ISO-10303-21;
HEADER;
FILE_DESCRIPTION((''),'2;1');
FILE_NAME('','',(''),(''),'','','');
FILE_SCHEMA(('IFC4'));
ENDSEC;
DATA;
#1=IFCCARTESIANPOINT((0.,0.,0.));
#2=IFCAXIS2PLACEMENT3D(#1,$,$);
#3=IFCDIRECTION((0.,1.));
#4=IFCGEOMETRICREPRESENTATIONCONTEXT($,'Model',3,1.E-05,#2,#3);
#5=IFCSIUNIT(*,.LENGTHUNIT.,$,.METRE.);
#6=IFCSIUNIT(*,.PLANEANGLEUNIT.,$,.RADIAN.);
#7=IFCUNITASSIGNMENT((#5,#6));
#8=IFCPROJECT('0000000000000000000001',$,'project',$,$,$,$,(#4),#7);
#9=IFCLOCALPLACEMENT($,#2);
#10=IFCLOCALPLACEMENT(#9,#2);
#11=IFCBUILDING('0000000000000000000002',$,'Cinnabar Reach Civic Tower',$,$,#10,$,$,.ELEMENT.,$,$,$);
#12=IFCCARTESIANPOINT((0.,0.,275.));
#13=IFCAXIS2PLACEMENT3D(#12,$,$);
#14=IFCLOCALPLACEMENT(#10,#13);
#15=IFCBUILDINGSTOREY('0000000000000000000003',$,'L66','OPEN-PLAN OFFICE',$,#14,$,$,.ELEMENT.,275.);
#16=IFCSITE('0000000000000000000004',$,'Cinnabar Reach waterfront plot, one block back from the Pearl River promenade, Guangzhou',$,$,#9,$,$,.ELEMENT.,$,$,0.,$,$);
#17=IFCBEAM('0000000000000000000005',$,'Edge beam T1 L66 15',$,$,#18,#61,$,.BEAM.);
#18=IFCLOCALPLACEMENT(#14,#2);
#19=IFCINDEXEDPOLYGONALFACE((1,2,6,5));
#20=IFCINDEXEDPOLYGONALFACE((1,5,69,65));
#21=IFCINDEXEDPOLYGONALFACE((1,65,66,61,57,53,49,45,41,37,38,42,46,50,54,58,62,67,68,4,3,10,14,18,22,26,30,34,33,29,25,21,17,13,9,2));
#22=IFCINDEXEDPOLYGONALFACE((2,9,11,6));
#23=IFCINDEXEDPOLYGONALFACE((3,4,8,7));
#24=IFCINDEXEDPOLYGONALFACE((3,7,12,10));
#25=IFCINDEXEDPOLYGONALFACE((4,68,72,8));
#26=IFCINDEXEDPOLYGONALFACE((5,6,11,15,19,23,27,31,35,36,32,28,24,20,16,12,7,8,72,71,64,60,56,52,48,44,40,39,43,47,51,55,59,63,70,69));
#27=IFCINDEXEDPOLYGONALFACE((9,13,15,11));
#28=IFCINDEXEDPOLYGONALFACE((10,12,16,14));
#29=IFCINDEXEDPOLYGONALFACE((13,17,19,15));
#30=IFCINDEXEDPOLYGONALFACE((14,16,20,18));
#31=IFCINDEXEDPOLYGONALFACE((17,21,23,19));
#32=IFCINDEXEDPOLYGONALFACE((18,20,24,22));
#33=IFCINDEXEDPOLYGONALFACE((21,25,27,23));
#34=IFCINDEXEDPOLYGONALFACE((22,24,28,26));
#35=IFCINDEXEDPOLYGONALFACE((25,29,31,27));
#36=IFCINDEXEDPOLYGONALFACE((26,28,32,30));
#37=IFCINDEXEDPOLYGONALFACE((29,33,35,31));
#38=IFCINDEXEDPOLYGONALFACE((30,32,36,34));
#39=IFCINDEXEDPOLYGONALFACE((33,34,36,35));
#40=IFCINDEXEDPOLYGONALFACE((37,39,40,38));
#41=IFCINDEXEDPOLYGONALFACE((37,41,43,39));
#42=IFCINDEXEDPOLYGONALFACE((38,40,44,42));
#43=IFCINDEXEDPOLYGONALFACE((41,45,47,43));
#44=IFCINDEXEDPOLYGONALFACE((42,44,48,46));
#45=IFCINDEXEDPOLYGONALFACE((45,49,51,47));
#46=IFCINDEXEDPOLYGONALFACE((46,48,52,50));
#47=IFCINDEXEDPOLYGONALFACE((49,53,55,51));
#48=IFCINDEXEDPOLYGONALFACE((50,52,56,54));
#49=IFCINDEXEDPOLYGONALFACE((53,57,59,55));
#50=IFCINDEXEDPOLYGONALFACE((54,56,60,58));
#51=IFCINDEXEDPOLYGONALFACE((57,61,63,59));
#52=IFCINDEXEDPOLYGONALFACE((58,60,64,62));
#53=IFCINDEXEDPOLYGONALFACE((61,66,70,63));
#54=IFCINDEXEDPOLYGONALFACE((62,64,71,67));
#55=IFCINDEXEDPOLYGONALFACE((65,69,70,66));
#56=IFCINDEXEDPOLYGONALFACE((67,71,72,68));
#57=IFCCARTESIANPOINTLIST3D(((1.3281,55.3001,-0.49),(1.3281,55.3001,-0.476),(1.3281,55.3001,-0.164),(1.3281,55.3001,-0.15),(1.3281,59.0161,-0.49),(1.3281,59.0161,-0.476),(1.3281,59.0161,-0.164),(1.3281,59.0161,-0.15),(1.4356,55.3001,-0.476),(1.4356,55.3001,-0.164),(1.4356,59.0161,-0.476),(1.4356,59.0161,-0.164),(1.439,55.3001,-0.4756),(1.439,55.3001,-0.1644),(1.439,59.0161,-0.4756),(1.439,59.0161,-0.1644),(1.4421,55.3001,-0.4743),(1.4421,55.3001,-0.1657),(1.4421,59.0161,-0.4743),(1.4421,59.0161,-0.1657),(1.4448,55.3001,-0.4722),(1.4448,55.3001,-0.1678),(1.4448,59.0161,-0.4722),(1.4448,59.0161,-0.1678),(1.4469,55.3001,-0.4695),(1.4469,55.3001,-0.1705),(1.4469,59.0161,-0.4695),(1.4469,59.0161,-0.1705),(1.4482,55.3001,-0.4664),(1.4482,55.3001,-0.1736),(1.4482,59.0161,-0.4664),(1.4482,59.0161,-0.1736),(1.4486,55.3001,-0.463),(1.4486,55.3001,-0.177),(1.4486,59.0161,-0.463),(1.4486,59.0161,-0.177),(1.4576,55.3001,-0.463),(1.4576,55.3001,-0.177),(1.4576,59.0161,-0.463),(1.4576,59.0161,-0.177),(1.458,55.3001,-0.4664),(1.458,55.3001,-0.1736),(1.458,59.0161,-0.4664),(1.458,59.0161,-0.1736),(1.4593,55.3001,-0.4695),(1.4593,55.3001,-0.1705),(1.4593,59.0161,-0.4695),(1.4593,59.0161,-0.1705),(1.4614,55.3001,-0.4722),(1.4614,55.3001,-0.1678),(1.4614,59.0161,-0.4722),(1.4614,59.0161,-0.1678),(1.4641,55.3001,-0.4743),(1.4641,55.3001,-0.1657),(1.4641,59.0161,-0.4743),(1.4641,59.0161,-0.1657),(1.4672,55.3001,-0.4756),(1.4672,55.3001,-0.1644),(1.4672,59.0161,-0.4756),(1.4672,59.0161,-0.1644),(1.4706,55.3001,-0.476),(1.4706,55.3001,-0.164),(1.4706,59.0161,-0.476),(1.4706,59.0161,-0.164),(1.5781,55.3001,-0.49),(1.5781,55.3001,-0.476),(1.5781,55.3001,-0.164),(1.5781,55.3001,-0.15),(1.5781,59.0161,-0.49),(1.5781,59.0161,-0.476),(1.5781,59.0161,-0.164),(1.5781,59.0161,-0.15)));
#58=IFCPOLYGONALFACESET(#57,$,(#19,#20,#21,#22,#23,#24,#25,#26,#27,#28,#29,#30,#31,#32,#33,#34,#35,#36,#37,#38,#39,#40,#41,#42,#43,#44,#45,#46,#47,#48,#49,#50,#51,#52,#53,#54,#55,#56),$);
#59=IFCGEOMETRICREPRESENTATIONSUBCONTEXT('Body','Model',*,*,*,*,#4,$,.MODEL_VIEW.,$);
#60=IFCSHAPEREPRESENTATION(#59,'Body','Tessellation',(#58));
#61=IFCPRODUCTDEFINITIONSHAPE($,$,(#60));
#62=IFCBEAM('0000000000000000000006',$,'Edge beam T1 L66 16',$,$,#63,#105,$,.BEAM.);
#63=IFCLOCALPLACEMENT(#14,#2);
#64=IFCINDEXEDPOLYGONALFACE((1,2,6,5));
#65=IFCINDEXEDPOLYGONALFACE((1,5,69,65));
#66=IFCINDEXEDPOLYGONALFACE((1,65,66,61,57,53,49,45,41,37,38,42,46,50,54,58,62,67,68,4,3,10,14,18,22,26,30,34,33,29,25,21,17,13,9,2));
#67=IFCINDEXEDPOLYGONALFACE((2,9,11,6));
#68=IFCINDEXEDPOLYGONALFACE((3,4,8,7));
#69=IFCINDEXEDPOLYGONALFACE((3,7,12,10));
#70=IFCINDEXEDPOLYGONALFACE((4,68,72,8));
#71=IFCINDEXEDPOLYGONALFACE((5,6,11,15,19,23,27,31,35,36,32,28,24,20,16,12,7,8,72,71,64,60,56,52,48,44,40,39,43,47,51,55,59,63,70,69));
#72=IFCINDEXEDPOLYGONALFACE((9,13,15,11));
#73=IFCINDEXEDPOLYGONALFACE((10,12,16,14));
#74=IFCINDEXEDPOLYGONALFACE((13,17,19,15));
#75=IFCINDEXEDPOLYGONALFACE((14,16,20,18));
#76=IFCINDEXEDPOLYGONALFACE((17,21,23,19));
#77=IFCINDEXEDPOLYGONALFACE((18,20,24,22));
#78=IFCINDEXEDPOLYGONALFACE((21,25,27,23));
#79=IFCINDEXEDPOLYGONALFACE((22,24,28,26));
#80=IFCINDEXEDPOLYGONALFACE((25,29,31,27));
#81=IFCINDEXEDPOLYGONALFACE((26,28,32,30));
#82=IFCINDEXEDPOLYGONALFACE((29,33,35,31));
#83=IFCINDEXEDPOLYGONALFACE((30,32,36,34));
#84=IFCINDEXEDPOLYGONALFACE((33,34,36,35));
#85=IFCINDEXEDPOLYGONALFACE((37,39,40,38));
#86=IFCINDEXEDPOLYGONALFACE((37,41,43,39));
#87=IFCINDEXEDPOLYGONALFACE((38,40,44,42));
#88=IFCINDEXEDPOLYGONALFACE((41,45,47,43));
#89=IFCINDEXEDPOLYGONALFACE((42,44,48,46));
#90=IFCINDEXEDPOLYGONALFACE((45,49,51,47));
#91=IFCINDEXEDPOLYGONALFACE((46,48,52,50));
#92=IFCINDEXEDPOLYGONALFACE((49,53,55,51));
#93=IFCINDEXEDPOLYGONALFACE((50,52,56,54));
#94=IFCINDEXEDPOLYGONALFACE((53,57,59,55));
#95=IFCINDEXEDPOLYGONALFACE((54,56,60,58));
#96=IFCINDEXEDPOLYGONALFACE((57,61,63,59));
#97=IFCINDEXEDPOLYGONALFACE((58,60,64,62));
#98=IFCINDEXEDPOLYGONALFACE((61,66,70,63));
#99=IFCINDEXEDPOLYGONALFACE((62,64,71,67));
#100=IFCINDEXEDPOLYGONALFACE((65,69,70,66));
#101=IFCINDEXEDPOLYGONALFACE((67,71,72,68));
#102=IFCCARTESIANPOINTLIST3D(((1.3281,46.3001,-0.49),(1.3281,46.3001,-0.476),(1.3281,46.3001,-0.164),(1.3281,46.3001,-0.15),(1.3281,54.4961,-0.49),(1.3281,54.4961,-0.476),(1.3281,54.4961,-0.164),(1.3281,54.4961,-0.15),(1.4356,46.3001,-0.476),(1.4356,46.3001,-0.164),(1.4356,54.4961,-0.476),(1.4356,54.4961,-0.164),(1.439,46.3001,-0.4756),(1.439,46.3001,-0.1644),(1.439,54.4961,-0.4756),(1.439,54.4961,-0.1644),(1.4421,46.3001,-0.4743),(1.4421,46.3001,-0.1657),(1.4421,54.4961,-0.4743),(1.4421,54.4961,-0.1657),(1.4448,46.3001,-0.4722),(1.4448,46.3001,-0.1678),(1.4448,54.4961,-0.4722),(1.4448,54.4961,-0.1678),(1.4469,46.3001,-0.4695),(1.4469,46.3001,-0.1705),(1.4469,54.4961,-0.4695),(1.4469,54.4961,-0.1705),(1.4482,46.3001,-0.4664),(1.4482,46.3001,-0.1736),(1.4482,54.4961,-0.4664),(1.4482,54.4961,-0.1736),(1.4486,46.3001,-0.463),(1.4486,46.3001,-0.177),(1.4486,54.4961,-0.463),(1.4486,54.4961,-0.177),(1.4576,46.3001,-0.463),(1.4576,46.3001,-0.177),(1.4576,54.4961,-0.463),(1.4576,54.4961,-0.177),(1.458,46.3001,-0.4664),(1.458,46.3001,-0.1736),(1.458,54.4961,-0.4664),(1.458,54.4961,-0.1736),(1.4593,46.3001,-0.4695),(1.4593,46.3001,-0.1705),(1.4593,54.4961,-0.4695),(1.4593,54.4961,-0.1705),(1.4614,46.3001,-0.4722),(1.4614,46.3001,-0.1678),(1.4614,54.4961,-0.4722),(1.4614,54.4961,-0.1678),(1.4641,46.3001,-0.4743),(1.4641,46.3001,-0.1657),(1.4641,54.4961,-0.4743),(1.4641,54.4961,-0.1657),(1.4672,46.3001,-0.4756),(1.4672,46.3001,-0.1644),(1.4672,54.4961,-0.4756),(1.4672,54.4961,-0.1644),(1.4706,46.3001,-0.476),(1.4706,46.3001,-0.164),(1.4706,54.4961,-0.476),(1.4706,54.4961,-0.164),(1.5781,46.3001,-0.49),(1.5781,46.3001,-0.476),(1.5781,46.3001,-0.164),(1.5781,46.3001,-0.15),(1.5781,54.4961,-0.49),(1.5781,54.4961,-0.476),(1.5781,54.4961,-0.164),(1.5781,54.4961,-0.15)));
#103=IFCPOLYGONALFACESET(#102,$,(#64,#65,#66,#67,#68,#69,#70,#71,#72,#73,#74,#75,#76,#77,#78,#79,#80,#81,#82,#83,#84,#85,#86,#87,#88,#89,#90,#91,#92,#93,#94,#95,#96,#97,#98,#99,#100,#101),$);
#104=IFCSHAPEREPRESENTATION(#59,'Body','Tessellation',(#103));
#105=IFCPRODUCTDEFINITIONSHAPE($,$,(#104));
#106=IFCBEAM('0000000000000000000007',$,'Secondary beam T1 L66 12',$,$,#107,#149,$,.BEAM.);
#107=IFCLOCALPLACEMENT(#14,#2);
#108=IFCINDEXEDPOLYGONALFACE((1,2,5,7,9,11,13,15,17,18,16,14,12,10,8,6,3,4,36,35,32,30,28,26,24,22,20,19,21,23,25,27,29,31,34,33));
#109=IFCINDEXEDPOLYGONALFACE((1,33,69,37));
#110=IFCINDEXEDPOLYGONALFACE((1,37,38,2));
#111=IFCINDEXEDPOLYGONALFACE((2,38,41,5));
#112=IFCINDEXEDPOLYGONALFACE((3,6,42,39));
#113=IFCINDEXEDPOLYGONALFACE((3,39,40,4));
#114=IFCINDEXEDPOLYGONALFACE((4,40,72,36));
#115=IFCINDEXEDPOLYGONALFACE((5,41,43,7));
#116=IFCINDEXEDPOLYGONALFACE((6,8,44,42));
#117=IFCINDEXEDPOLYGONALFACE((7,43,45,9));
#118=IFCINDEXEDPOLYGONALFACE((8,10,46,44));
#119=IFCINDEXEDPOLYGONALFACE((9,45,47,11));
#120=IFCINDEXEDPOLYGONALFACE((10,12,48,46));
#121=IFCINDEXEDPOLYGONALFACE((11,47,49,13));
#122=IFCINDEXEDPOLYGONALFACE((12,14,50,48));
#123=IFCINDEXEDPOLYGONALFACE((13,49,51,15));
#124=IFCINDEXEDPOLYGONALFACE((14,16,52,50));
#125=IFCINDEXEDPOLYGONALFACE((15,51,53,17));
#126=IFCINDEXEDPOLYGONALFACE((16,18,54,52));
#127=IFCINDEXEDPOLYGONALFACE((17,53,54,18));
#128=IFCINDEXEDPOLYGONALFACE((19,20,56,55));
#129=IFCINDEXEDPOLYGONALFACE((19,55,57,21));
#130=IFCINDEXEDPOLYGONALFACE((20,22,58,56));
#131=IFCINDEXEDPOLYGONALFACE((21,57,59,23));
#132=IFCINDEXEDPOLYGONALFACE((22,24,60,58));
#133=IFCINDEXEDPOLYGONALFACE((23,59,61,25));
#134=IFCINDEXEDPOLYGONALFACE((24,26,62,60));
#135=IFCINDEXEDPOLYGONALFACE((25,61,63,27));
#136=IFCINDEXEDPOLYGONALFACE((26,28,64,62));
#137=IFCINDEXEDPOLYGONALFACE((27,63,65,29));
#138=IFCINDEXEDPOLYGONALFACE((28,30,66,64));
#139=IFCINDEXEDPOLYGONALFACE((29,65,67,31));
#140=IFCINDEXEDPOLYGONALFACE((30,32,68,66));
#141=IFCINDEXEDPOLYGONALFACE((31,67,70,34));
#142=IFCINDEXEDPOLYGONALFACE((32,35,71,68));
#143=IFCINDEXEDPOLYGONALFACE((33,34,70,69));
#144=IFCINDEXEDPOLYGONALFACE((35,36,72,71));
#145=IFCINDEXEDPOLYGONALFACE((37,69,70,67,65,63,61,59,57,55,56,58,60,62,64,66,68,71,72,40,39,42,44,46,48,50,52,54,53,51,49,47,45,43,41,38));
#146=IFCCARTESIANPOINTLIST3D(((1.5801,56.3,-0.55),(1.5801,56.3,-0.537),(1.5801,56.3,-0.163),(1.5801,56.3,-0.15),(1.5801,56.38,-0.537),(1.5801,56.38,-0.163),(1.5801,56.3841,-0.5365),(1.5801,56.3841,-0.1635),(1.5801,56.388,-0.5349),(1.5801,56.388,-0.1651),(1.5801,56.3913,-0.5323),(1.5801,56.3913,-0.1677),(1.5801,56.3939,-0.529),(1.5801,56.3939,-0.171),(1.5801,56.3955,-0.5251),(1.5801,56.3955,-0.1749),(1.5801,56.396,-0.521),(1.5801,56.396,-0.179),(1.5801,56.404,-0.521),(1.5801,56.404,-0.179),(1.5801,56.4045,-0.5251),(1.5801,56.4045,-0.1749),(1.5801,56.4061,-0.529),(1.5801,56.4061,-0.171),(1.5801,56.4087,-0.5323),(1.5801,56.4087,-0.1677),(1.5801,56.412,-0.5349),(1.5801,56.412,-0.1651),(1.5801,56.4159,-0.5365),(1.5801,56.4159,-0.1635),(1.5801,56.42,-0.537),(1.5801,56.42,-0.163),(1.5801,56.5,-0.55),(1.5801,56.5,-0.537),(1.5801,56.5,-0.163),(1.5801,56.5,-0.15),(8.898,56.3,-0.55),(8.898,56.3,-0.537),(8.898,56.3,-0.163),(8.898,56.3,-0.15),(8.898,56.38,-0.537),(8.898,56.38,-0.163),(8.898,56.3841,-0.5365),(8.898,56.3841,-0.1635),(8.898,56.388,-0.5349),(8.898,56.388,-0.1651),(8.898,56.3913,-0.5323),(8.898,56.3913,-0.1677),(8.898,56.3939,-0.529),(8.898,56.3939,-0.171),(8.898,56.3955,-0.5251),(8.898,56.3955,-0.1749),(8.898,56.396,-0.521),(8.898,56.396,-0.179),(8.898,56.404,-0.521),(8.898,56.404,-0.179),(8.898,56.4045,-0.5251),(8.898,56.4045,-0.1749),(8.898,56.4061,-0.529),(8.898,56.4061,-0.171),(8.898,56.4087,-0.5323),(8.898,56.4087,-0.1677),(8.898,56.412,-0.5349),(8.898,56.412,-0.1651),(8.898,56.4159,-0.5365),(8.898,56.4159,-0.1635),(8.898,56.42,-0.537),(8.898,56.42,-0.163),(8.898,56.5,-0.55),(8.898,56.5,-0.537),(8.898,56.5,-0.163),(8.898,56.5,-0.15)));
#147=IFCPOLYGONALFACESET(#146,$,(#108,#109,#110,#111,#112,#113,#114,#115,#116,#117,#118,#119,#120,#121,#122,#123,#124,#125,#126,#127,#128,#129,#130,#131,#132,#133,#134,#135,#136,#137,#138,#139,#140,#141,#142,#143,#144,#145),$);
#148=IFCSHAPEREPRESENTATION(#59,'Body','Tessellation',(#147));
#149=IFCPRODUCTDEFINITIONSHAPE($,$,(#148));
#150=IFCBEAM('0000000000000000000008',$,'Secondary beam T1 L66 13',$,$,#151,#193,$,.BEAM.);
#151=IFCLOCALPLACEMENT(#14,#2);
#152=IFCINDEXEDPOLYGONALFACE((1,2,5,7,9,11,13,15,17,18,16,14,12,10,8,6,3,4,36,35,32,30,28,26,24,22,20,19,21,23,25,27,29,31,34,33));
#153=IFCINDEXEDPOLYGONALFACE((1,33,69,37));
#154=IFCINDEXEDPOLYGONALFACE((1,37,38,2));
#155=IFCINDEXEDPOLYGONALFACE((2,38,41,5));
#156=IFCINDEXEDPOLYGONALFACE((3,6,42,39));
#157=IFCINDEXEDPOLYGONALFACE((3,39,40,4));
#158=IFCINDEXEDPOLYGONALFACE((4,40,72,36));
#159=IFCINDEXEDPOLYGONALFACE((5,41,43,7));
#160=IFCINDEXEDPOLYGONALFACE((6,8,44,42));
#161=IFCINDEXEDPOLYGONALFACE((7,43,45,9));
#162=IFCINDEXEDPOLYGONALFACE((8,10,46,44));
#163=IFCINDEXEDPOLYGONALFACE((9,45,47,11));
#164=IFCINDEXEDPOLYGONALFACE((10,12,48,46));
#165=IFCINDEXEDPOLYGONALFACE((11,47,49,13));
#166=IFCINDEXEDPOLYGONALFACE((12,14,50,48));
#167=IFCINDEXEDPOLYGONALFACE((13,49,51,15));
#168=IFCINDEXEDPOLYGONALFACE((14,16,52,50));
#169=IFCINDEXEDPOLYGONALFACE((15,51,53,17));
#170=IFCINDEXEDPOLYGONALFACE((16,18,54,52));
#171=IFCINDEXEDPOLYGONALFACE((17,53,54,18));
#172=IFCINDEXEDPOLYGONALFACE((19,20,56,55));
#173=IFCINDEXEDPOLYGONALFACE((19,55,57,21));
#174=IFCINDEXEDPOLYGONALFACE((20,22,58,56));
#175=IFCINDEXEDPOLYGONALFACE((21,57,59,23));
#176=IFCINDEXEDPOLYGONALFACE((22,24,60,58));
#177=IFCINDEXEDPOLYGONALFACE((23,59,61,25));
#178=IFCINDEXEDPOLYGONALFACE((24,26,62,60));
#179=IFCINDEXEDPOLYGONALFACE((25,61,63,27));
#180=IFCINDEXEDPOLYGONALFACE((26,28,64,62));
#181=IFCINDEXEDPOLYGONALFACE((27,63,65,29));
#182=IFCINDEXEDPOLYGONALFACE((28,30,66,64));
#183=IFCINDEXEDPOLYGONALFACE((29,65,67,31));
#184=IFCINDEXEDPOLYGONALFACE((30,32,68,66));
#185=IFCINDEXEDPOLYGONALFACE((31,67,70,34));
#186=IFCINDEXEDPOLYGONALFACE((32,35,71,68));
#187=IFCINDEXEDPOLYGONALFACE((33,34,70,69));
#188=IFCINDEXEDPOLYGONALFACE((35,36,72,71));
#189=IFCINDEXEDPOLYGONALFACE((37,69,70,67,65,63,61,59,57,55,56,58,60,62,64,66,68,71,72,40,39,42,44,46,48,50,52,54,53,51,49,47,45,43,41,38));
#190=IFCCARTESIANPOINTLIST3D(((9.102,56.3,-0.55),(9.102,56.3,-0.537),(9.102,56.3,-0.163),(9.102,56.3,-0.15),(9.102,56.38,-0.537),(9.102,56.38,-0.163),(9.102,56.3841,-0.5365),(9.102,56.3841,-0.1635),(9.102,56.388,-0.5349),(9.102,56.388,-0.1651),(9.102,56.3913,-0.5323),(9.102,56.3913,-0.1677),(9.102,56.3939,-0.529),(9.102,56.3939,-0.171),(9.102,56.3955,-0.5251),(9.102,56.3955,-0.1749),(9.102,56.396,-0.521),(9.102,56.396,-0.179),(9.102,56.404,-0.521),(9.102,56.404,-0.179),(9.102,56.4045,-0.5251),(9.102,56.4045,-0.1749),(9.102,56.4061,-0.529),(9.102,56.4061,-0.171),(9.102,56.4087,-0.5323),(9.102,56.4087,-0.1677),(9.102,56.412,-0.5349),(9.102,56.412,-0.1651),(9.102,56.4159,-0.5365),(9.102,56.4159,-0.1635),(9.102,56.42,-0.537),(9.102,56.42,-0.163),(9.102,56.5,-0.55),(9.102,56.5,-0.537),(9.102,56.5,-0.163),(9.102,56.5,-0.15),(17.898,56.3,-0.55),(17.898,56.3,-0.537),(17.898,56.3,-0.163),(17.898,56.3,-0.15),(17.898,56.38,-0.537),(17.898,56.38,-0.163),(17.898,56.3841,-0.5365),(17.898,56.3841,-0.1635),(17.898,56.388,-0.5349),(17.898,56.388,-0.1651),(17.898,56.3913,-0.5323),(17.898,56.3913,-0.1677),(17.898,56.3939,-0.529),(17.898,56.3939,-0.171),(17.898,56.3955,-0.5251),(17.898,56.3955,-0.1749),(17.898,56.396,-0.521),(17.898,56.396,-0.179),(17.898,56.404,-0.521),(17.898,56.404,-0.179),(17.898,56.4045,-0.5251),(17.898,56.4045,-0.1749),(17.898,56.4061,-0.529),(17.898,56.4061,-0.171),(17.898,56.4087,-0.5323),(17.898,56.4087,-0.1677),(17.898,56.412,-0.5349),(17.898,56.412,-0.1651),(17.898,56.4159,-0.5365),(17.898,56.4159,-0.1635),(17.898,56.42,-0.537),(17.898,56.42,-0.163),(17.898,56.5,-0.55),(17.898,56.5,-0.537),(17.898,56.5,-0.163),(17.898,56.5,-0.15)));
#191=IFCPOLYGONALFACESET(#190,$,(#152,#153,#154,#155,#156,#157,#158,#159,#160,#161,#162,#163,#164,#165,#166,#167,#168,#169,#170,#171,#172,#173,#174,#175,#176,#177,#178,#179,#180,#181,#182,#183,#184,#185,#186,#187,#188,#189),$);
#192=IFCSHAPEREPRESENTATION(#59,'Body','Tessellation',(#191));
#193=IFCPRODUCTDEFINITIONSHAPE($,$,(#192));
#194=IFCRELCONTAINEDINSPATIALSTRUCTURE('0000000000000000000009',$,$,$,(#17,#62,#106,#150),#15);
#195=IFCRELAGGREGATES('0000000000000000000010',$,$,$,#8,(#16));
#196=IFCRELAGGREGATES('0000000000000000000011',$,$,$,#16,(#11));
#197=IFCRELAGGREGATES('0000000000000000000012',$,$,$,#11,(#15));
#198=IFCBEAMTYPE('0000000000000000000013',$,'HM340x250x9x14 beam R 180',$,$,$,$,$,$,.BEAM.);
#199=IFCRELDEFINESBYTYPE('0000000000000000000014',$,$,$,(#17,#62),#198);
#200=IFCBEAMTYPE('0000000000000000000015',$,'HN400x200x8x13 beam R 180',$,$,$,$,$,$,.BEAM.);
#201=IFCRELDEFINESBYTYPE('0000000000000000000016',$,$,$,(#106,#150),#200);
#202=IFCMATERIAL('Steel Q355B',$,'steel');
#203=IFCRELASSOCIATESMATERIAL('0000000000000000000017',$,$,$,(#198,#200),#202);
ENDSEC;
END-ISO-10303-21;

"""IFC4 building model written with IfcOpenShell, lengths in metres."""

from ifc_helpers import new_model, si_unit, direction, frame, origin, origin_2d, place, context, subcontext, project, spatial, i_section, extrude, material, material_profile, profile_set, type_object, element, save


model = new_model("IFC4")

# Units and contexts
model_context = context("Model", 3, precision=1e-05, world=origin(), true_north=direction((0.0, 1.0)))
body_context = subcontext(model_context, "Body", "Model", "MODEL_VIEW")
ifc_project = project(units=[si_unit("LENGTHUNIT", "METRE"), si_unit("PLANEANGLEUNIT", "RADIAN")], contexts=[model_context])

# Site, building, storey
site_placement = place(None, origin())
site = spatial("IfcSite", under=ifc_project, at=site_placement, Name="Cinnabar Reach waterfront plot, one block back from the Pearl River promenade, Guangzhou", CompositionType="ELEMENT", RefElevation=0.0)
building_placement = place(site_placement, origin())
building = spatial("IfcBuilding", under=site, at=building_placement, Name="Cinnabar Reach Civic Tower", CompositionType="ELEMENT")
storey_placement = place(building_placement, frame((0.0, 0.0, 275.0)))
storey = spatial("IfcBuildingStorey", under=building, at=storey_placement, Name="L66", Description="OPEN-PLAN OFFICE", CompositionType="ELEMENT", Elevation=275.0)

# Beams
ifc_material_1 = material(Name="Steel Q355B", Category="steel")
ifc_material_profile_1 = material_profile(ifc_material_1, i_section(OverallWidth=0.25, OverallDepth=0.34, WebThickness=0.009, FlangeThickness=0.014, FilletRadius=0.013, at=origin_2d()), Name="HM340x250x9x14")
ifc_profile_set_1 = profile_set([ifc_material_profile_1], Name="Steel Q355B")
beam_type_1 = type_object("IfcBeamType", Name="HM340x250x9x14 beam R 180", PredefinedType="BEAM", material=ifc_profile_set_1)
beam_1_placement = place(storey_placement, frame((1.4531, 59.0161, -0.32), z_axis=(0.0, -1.0, 0.0), x_axis=(1.0, 0.0, 0.0)))
element("IfcBeam", 1, at=beam_1_placement, inside=storey, type_object=beam_type_1, Name="Edge beam T1 L66 15", PredefinedType="BEAM", context=body_context, shape_type="SweptSolid", body=[
    extrude(i_section(OverallWidth=0.25, OverallDepth=0.34, WebThickness=0.009, FlangeThickness=0.014, FilletRadius=0.013, at=origin_2d()), origin(), (0.0, 0.0, 1.0), 3.716),
])
beam_2_placement = place(storey_placement, frame((1.4531, 54.4961, -0.32), z_axis=(0.0, -1.0, 0.0), x_axis=(1.0, 0.0, 0.0)))
element("IfcBeam", 2, at=beam_2_placement, inside=storey, type_object=beam_type_1, Name="Edge beam T1 L66 16", PredefinedType="BEAM", context=body_context, shape_type="SweptSolid", body=[
    extrude(i_section(OverallWidth=0.25, OverallDepth=0.34, WebThickness=0.009, FlangeThickness=0.014, FilletRadius=0.013, at=origin_2d()), origin(), (0.0, 0.0, 1.0), 8.196),
])
ifc_material_profile_2 = material_profile(ifc_material_1, i_section(OverallWidth=0.2, OverallDepth=0.4, WebThickness=0.008, FlangeThickness=0.013, FilletRadius=0.016, at=origin_2d()), Name="HN400x200x8x13")
ifc_profile_set_2 = profile_set([ifc_material_profile_2], Name="Steel Q355B")
beam_type_2 = type_object("IfcBeamType", Name="HN400x200x8x13 beam R 180", PredefinedType="BEAM", material=ifc_profile_set_2)
beam_3_placement = place(storey_placement, frame((1.5801, 56.4, -0.35), z_axis=(1.0, 0.0, 0.0), x_axis=(0.0, 1.0, 0.0)))
element("IfcBeam", 3, at=beam_3_placement, inside=storey, type_object=beam_type_2, Name="Secondary beam T1 L66 12", PredefinedType="BEAM", context=body_context, shape_type="SweptSolid", body=[
    extrude(i_section(OverallWidth=0.2, OverallDepth=0.4, WebThickness=0.008, FlangeThickness=0.013, FilletRadius=0.016, at=origin_2d()), origin(), (0.0, 0.0, 1.0), 7.3179),
])
beam_4_placement = place(storey_placement, frame((9.102, 56.4, -0.35), z_axis=(1.0, 0.0, 0.0), x_axis=(0.0, 1.0, 0.0)))
element("IfcBeam", 4, at=beam_4_placement, inside=storey, type_object=beam_type_2, Name="Secondary beam T1 L66 13", PredefinedType="BEAM", context=body_context, shape_type="SweptSolid", body=[
    extrude(i_section(OverallWidth=0.2, OverallDepth=0.4, WebThickness=0.008, FlangeThickness=0.013, FilletRadius=0.016, at=origin_2d()), origin(), (0.0, 0.0, 1.0), 8.796),
])

save(model, "model.ifc")
